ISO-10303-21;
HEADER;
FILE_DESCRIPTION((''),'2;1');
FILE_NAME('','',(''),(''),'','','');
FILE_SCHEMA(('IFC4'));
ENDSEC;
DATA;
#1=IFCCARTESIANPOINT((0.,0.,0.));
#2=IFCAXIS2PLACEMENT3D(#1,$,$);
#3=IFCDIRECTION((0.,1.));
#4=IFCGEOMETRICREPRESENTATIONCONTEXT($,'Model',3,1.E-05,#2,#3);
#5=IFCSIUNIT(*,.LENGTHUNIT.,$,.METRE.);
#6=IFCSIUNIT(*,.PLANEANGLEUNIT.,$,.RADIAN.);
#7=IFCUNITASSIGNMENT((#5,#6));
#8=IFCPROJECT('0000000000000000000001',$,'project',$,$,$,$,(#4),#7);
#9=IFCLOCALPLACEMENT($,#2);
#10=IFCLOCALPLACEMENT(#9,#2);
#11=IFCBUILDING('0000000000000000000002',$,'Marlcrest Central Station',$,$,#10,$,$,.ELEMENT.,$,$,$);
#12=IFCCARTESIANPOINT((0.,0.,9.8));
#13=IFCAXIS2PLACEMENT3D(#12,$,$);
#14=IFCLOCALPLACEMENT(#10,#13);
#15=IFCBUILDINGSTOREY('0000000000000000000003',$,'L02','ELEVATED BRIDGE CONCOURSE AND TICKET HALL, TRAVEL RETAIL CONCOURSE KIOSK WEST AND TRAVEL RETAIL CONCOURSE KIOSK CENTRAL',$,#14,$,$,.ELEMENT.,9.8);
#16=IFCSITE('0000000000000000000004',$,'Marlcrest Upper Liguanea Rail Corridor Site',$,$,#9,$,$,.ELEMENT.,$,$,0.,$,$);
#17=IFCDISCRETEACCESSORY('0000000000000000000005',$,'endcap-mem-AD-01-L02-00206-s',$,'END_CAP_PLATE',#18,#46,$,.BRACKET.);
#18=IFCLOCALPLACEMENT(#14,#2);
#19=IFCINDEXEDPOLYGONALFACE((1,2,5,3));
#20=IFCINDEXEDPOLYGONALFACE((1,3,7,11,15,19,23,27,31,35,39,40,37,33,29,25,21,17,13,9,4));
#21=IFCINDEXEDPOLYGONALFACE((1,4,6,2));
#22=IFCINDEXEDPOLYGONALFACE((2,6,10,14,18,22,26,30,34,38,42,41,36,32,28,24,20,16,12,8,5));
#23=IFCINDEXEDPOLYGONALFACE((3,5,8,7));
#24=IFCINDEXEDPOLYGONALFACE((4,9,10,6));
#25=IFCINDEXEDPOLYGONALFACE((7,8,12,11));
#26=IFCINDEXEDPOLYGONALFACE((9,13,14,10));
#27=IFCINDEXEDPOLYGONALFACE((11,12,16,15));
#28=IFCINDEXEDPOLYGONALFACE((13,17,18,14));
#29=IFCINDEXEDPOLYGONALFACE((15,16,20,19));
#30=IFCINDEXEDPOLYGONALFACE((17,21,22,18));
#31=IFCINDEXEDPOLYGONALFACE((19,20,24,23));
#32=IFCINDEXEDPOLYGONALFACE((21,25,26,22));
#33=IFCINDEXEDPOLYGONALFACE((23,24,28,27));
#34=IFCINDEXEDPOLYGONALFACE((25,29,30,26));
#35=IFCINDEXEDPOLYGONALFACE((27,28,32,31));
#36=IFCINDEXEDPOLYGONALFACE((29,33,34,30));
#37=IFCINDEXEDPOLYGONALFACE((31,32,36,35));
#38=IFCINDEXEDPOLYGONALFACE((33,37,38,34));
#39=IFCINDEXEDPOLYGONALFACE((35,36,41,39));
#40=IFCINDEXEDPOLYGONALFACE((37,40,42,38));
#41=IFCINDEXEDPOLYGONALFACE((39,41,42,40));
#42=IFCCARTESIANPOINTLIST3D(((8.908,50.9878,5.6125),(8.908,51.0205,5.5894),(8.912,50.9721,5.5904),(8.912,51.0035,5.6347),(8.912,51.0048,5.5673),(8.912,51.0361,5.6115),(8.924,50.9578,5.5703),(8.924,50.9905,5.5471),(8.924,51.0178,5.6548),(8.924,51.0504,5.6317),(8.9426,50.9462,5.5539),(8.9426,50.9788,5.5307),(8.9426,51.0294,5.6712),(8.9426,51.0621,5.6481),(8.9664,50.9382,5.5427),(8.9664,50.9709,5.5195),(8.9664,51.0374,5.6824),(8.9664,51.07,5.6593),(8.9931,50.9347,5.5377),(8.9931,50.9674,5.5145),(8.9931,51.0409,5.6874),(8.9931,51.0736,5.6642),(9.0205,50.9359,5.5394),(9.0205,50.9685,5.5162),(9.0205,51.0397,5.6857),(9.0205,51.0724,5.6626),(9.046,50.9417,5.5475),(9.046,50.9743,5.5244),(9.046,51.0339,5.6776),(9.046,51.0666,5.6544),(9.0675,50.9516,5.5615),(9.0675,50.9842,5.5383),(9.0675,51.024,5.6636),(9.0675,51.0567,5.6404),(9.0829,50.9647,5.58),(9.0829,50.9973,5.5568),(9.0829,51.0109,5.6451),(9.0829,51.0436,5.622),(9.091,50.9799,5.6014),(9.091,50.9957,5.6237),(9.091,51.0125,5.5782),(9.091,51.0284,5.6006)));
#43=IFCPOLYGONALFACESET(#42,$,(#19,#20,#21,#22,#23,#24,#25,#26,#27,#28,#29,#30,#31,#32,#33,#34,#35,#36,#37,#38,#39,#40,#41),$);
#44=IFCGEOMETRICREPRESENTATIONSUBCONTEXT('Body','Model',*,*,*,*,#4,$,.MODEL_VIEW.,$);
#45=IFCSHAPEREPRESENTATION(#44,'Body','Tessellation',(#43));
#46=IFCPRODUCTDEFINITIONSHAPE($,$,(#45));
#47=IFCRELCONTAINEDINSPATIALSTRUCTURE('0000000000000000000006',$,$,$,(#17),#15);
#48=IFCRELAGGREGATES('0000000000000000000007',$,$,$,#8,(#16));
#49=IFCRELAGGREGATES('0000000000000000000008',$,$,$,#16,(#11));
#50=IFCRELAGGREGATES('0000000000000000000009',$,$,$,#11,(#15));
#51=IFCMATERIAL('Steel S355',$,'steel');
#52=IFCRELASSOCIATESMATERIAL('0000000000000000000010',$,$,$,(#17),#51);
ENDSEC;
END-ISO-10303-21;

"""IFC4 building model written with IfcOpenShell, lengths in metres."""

from ifc_helpers import new_model, si_unit, direction, frame, origin, origin_2d, place, context, subcontext, project, spatial, circle, extrude, material, element, save


model = new_model("IFC4")

# Units and contexts
model_context = context("Model", 3, precision=1e-05, world=origin(), true_north=direction((0.0, 1.0)))
body_context = subcontext(model_context, "Body", "Model", "MODEL_VIEW")
ifc_project = project(units=[si_unit("LENGTHUNIT", "METRE"), si_unit("PLANEANGLEUNIT", "RADIAN")], contexts=[model_context])

# Site, building, storey
site_placement = place(None, origin())
site = spatial("IfcSite", under=ifc_project, at=site_placement, Name="Marlcrest Upper Liguanea Rail Corridor Site", CompositionType="ELEMENT", RefElevation=0.0)
building_placement = place(site_placement, origin())
building = spatial("IfcBuilding", under=site, at=building_placement, Name="Marlcrest Central Station", CompositionType="ELEMENT")
storey_placement = place(building_placement, frame((0.0, 0.0, 9.8)))
storey = spatial("IfcBuildingStorey", under=building, at=storey_placement, Name="L02", Description="ELEVATED BRIDGE CONCOURSE AND TICKET HALL, TRAVEL RETAIL CONCOURSE KIOSK WEST AND TRAVEL RETAIL CONCOURSE KIOSK CENTRAL", CompositionType="ELEMENT", Elevation=9.8)

# Shared definitions
ifc_material = material(Name="Steel S355", Category="steel")

# Discrete accessory
discrete_accessory_1_placement = place(storey_placement, frame((9.0, 50.9878, 5.6125), z_axis=(0.0, 0.815661, -0.57853), x_axis=(-1.0, 0.0, 0.0)))
element("IfcDiscreteAccessory", 1, at=discrete_accessory_1_placement, inside=storey, material=ifc_material, Name="endcap-mem-AD-01-L02-00206-s", ObjectType="END_CAP_PLATE", PredefinedType="BRACKET", context=body_context, shape_type="SweptSolid", body=[
    extrude(circle(Radius=0.092, at=origin_2d()), origin(), (0.0, 0.0, 1.0), 0.04),
])

save(model, "model.ifc")
